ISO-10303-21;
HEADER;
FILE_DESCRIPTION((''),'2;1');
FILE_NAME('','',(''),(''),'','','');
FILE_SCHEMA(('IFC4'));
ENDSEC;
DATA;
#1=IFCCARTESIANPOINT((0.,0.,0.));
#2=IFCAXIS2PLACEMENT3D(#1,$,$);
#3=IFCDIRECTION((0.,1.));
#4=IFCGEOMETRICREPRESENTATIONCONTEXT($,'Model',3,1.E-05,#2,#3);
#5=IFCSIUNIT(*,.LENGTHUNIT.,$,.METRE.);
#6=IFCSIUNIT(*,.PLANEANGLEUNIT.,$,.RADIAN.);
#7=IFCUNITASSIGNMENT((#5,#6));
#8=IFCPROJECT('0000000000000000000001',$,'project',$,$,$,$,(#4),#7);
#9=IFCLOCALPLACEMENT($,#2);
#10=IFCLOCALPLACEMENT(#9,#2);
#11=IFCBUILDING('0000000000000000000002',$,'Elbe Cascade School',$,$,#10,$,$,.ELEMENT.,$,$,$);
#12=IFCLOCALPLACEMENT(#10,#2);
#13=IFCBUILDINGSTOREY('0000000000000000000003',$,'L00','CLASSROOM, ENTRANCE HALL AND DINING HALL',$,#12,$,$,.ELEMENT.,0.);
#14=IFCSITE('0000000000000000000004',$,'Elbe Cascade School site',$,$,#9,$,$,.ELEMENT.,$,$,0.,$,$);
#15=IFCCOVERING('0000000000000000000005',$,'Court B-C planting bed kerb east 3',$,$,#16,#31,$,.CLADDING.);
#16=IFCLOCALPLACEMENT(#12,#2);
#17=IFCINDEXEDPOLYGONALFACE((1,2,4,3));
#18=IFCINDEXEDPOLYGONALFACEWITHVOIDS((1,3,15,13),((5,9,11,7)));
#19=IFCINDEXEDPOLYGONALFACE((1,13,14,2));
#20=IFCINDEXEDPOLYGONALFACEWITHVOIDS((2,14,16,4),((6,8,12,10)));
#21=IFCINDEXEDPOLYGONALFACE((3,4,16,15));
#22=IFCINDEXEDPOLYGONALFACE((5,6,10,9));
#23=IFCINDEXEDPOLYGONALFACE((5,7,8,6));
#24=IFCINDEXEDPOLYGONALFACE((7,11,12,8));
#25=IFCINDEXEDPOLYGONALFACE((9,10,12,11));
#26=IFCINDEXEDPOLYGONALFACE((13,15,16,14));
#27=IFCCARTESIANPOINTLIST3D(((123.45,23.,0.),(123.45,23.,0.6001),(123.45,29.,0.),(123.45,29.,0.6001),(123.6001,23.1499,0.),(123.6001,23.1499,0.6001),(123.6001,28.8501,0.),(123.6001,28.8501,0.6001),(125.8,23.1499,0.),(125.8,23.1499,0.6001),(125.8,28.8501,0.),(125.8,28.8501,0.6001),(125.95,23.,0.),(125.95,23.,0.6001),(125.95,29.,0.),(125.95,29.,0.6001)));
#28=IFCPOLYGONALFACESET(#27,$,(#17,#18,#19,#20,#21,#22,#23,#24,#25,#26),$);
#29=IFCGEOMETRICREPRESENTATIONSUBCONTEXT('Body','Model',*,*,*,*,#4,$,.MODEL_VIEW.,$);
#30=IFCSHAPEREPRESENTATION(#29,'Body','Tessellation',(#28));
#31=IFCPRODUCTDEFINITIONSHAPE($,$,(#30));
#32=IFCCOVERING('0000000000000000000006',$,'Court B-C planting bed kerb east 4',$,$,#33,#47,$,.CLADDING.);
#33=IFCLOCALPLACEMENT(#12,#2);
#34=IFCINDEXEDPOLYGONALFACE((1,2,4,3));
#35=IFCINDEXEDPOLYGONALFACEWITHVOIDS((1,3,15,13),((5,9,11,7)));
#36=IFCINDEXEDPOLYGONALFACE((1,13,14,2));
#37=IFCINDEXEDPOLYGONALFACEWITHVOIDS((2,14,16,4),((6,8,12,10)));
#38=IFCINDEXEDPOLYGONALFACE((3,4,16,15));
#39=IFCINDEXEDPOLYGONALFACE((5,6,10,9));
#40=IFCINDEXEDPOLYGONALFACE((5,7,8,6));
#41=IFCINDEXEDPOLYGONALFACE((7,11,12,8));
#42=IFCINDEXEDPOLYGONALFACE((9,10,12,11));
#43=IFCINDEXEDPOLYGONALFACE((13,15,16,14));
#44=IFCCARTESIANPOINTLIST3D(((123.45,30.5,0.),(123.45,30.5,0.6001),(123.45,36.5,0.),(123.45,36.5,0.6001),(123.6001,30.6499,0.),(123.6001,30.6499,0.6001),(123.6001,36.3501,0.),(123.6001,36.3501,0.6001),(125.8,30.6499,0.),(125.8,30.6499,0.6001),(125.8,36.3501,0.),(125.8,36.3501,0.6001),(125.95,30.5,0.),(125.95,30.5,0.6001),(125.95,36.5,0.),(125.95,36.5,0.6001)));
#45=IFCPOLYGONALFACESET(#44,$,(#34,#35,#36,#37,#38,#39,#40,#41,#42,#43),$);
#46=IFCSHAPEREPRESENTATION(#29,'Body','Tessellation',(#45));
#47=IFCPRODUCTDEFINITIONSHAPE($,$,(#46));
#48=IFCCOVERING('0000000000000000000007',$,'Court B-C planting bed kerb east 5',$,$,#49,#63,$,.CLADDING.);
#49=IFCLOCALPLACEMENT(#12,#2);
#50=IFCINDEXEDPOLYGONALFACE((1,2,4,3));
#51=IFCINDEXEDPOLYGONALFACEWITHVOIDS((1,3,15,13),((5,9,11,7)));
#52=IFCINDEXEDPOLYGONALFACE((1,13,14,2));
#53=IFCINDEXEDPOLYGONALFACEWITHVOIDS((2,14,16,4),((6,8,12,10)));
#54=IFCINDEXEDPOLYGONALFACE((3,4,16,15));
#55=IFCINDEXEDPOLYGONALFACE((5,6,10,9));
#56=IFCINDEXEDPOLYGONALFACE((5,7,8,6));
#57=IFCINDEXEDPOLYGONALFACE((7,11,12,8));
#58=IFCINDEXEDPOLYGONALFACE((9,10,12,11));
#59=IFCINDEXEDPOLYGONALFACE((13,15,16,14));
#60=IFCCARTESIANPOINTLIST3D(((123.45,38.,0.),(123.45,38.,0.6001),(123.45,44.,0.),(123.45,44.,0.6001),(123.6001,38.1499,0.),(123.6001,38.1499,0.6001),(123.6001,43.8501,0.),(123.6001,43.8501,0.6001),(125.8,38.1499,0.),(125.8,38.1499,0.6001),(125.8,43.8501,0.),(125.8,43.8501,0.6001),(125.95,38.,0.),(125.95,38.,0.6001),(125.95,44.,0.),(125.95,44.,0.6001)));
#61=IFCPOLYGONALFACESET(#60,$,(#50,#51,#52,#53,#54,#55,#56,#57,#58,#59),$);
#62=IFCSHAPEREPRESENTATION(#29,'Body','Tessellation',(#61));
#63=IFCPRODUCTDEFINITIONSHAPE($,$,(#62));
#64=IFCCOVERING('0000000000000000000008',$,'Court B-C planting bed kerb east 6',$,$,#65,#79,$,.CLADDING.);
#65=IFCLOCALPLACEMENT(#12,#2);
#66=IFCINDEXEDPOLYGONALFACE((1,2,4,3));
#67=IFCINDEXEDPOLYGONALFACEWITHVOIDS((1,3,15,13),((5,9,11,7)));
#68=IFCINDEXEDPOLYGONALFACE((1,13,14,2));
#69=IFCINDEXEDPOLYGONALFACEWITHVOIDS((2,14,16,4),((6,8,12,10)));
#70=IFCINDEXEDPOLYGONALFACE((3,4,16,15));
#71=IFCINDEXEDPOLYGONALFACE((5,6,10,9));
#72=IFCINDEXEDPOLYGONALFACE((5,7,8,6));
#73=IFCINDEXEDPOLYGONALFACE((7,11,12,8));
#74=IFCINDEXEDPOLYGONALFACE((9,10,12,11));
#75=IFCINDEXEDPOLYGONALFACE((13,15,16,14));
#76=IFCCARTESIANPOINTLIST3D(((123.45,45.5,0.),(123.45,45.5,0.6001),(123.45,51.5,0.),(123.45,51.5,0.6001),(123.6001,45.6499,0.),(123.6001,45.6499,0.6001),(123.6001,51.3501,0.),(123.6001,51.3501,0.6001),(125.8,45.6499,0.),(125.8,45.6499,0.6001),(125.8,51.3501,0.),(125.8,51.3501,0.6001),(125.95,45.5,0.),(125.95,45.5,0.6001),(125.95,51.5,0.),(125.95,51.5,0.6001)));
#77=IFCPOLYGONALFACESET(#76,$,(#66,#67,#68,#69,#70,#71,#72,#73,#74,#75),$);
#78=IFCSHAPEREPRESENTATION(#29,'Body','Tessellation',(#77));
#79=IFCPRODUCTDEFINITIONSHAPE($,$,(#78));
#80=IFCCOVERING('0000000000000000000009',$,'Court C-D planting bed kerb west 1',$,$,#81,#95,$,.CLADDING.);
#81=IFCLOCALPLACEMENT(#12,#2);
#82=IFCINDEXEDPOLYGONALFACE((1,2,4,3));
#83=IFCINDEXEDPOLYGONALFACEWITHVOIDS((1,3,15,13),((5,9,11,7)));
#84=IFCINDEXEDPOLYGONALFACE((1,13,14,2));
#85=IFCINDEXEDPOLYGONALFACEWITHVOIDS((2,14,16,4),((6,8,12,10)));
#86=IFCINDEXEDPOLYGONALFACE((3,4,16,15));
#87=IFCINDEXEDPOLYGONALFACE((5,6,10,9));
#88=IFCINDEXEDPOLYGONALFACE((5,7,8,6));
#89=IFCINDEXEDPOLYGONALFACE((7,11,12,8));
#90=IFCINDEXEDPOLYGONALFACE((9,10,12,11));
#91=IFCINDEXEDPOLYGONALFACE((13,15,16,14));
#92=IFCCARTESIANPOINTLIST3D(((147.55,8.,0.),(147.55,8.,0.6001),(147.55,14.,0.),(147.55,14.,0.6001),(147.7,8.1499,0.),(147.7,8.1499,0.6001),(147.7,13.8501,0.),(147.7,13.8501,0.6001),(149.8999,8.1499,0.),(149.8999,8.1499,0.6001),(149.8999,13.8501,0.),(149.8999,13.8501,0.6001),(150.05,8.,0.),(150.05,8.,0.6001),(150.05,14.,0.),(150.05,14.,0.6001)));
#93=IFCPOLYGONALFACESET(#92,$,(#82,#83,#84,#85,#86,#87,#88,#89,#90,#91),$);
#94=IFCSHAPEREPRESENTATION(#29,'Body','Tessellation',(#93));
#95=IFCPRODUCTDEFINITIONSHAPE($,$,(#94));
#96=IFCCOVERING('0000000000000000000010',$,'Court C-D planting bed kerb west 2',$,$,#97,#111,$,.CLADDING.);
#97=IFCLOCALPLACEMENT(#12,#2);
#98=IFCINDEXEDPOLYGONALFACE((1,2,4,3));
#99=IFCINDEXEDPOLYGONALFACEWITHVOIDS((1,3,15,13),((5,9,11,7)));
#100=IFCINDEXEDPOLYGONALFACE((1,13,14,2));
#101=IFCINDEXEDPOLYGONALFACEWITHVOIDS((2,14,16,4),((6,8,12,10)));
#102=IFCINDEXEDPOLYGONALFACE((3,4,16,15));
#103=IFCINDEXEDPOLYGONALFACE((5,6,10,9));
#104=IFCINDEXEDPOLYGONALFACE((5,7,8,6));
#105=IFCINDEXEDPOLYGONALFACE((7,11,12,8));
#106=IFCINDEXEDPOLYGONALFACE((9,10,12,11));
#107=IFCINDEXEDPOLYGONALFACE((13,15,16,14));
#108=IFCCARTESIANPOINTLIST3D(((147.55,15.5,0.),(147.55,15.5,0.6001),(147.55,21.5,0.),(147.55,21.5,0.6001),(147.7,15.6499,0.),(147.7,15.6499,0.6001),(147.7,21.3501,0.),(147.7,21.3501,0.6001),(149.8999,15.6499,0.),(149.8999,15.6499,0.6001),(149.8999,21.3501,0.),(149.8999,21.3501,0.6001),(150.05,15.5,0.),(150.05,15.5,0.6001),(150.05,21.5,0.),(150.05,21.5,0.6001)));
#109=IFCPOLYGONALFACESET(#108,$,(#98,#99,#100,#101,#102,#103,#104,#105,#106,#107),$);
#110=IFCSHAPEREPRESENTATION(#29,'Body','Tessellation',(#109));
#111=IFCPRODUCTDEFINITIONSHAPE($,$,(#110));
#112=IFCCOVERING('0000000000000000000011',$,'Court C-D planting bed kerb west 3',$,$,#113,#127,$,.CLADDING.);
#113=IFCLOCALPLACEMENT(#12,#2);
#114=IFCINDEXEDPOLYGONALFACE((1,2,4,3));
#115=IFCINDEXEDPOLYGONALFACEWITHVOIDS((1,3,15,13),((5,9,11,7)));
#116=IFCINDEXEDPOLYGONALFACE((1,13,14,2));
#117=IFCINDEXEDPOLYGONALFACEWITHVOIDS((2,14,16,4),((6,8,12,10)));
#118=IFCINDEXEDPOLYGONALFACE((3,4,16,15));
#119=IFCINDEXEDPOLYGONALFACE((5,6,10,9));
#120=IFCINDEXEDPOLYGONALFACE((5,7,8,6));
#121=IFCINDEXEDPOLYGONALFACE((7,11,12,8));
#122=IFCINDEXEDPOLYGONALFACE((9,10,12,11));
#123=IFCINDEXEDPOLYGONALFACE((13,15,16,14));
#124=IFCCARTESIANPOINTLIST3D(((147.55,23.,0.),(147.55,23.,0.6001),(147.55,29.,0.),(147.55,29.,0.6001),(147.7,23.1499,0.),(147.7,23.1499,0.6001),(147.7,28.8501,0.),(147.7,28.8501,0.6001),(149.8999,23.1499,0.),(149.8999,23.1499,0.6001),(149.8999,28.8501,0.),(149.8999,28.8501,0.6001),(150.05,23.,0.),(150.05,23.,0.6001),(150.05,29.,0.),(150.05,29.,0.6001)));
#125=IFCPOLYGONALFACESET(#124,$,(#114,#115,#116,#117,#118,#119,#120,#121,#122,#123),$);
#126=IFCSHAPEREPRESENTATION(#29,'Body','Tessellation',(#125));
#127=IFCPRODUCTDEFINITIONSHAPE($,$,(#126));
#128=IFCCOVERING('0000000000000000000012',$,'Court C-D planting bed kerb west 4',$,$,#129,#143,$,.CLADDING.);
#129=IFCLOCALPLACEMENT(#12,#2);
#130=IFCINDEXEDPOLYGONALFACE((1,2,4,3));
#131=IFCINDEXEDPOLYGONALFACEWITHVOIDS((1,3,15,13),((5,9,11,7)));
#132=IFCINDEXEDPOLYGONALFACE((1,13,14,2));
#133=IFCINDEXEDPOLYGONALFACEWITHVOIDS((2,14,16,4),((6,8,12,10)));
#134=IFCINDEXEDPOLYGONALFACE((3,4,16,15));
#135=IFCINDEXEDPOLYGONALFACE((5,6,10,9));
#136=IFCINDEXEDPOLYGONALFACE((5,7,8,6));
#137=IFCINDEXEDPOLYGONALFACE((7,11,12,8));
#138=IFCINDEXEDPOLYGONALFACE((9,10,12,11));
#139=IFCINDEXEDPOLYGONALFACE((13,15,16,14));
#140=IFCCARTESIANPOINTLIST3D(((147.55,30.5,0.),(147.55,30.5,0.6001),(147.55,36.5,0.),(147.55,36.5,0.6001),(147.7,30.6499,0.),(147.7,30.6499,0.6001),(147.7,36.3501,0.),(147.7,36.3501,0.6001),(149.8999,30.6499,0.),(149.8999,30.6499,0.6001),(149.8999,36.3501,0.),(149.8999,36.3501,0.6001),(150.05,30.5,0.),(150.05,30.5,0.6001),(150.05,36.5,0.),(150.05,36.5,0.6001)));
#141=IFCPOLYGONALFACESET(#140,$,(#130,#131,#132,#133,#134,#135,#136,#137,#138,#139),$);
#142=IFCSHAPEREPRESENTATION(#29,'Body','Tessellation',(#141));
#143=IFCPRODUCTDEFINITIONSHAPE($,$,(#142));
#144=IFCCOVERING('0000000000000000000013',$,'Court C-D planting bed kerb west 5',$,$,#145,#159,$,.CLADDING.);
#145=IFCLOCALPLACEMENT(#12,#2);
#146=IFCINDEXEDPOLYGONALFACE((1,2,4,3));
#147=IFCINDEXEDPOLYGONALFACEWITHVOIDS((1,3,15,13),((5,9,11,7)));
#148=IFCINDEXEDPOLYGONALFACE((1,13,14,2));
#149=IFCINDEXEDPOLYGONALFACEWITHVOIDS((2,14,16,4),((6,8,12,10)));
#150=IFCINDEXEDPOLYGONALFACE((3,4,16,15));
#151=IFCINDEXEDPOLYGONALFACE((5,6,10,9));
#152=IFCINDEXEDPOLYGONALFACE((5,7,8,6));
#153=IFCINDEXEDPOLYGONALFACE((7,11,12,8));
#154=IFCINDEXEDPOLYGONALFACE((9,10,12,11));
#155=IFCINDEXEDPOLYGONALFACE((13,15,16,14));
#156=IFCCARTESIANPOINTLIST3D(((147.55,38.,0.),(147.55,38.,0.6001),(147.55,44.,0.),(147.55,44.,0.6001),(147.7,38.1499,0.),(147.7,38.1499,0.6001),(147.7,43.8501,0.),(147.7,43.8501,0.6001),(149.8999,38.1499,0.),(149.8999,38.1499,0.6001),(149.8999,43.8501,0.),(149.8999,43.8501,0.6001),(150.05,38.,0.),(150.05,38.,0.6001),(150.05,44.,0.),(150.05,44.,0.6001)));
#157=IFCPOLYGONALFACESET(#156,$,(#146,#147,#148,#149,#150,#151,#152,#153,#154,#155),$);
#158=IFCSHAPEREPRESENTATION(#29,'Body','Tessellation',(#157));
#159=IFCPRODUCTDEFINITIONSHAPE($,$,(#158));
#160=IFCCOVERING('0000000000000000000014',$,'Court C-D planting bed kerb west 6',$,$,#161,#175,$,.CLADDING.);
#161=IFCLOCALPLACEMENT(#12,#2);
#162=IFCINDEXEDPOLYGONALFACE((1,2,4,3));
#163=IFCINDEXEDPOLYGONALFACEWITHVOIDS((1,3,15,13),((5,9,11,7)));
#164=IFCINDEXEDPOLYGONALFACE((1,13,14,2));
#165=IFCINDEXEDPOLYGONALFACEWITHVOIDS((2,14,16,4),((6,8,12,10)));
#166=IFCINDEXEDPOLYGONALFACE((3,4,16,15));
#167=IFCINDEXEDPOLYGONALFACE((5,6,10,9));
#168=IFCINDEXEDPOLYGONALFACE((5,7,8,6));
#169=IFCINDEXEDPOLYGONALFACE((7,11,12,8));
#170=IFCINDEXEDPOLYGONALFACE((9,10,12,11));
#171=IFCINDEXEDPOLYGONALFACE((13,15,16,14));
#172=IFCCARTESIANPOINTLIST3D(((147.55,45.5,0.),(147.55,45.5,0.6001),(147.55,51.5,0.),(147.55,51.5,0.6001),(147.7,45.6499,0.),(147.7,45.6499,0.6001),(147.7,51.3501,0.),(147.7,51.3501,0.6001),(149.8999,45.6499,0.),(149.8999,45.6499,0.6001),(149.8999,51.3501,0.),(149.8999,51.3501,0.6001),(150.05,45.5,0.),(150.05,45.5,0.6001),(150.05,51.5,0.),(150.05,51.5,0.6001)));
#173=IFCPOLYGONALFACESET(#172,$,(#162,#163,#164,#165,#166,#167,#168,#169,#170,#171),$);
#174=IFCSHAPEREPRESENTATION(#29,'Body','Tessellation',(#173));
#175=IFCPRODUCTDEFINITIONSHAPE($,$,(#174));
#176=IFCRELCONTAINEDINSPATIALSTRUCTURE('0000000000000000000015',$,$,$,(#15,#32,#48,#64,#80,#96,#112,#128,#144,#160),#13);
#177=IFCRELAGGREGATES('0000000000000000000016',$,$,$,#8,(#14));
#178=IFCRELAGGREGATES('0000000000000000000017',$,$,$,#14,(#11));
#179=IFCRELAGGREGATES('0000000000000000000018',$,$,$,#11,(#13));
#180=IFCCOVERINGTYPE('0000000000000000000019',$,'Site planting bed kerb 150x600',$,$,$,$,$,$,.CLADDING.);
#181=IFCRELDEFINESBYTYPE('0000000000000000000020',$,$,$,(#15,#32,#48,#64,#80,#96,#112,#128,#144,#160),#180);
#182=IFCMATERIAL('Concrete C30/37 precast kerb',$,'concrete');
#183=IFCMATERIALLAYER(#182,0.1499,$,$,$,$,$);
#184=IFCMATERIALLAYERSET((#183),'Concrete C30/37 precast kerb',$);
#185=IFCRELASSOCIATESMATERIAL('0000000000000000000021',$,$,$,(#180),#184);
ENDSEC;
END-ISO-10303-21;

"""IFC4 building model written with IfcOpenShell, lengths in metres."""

from ifc_helpers import new_model, si_unit, direction, origin, place, context, subcontext, project, spatial, polyline, outline, extrude, material, layer, layer_set, type_object, element, save


model = new_model("IFC4")

# Units and contexts
model_context = context("Model", 3, precision=1e-05, world=origin(), true_north=direction((0.0, 1.0)))
body_context = subcontext(model_context, "Body", "Model", "MODEL_VIEW")
ifc_project = project(units=[si_unit("LENGTHUNIT", "METRE"), si_unit("PLANEANGLEUNIT", "RADIAN")], contexts=[model_context])

# Site, building, storey
site_placement = place(None, origin())
site = spatial("IfcSite", under=ifc_project, at=site_placement, Name="Elbe Cascade School site", CompositionType="ELEMENT", RefElevation=0.0)
building_placement = place(site_placement, origin())
building = spatial("IfcBuilding", under=site, at=building_placement, Name="Elbe Cascade School", CompositionType="ELEMENT")
storey_placement = place(building_placement, origin())
storey = spatial("IfcBuildingStorey", under=building, at=storey_placement, Name="L00", Description="CLASSROOM, ENTRANCE HALL AND DINING HALL", CompositionType="ELEMENT", Elevation=0.0)

# Coverings
ifc_material_1 = material(Name="Concrete C30/37 precast kerb", Category="concrete")
ifc_layer_1 = layer(ifc_material_1, 0.1499)
ifc_layer_set_1 = layer_set([ifc_layer_1], Name="Concrete C30/37 precast kerb")
covering_type_1 = type_object("IfcCoveringType", Name="Site planting bed kerb 150x600", PredefinedType="CLADDING", material=ifc_layer_set_1)
covering_1_placement = place(storey_placement, origin())
element("IfcCovering", 1, at=covering_1_placement, inside=storey, type_object=covering_type_1, Name="Court B-C planting bed kerb east 3", PredefinedType="CLADDING", context=body_context, shape_type="SweptSolid", body=[
    extrude(outline(polyline([(123.45, 23.0), (125.95, 23.0), (125.95, 29.0), (123.45, 29.0), (123.45, 23.0)]), holes=[polyline([(123.6001, 23.1499), (125.8, 23.1499), (125.8, 28.8501), (123.6001, 28.8501), (123.6001, 23.1499)])]), origin(), (0.0, 0.0, 1.0), 0.6001),
])
covering_2_placement = place(storey_placement, origin())
element("IfcCovering", 2, at=covering_2_placement, inside=storey, type_object=covering_type_1, Name="Court B-C planting bed kerb east 4", PredefinedType="CLADDING", context=body_context, shape_type="SweptSolid", body=[
    extrude(outline(polyline([(123.45, 30.5), (125.95, 30.5), (125.95, 36.5), (123.45, 36.5), (123.45, 30.5)]), holes=[polyline([(123.6001, 30.6499), (125.8, 30.6499), (125.8, 36.3501), (123.6001, 36.3501), (123.6001, 30.6499)])]), origin(), (0.0, 0.0, 1.0), 0.6001),
])
covering_3_placement = place(storey_placement, origin())
element("IfcCovering", 3, at=covering_3_placement, inside=storey, type_object=covering_type_1, Name="Court B-C planting bed kerb east 5", PredefinedType="CLADDING", context=body_context, shape_type="SweptSolid", body=[
    extrude(outline(polyline([(123.45, 38.0), (125.95, 38.0), (125.95, 44.0), (123.45, 44.0), (123.45, 38.0)]), holes=[polyline([(123.6001, 38.1499), (125.8, 38.1499), (125.8, 43.8501), (123.6001, 43.8501), (123.6001, 38.1499)])]), origin(), (0.0, 0.0, 1.0), 0.6001),
])
covering_4_placement = place(storey_placement, origin())
element("IfcCovering", 4, at=covering_4_placement, inside=storey, type_object=covering_type_1, Name="Court B-C planting bed kerb east 6", PredefinedType="CLADDING", context=body_context, shape_type="SweptSolid", body=[
    extrude(outline(polyline([(123.45, 45.5), (125.95, 45.5), (125.95, 51.5), (123.45, 51.5), (123.45, 45.5)]), holes=[polyline([(123.6001, 45.6499), (125.8, 45.6499), (125.8, 51.3501), (123.6001, 51.3501), (123.6001, 45.6499)])]), origin(), (0.0, 0.0, 1.0), 0.6001),
])
covering_5_placement = place(storey_placement, origin())
element("IfcCovering", 5, at=covering_5_placement, inside=storey, type_object=covering_type_1, Name="Court C-D planting bed kerb west 1", PredefinedType="CLADDING", context=body_context, shape_type="SweptSolid", body=[
    extrude(outline(polyline([(147.55, 8.0), (150.05, 8.0), (150.05, 14.0), (147.55, 14.0), (147.55, 8.0)]), holes=[polyline([(147.7, 8.1499), (149.8999, 8.1499), (149.8999, 13.8501), (147.7, 13.8501), (147.7, 8.1499)])]), origin(), (0.0, 0.0, 1.0), 0.6001),
])
covering_6_placement = place(storey_placement, origin())
element("IfcCovering", 6, at=covering_6_placement, inside=storey, type_object=covering_type_1, Name="Court C-D planting bed kerb west 2", PredefinedType="CLADDING", context=body_context, shape_type="SweptSolid", body=[
    extrude(outline(polyline([(147.55, 15.5), (150.05, 15.5), (150.05, 21.5), (147.55, 21.5), (147.55, 15.5)]), holes=[polyline([(147.7, 15.6499), (149.8999, 15.6499), (149.8999, 21.3501), (147.7, 21.3501), (147.7, 15.6499)])]), origin(), (0.0, 0.0, 1.0), 0.6001),
])
covering_7_placement = place(storey_placement, origin())
element("IfcCovering", 7, at=covering_7_placement, inside=storey, type_object=covering_type_1, Name="Court C-D planting bed kerb west 3", PredefinedType="CLADDING", context=body_context, shape_type="SweptSolid", body=[
    extrude(outline(polyline([(147.55, 23.0), (150.05, 23.0), (150.05, 29.0), (147.55, 29.0), (147.55, 23.0)]), holes=[polyline([(147.7, 23.1499), (149.8999, 23.1499), (149.8999, 28.8501), (147.7, 28.8501), (147.7, 23.1499)])]), origin(), (0.0, 0.0, 1.0), 0.6001),
])
covering_8_placement = place(storey_placement, origin())
element("IfcCovering", 8, at=covering_8_placement, inside=storey, type_object=covering_type_1, Name="Court C-D planting bed kerb west 4", PredefinedType="CLADDING", context=body_context, shape_type="SweptSolid", body=[
    extrude(outline(polyline([(147.55, 30.5), (150.05, 30.5), (150.05, 36.5), (147.55, 36.5), (147.55, 30.5)]), holes=[polyline([(147.7, 30.6499), (149.8999, 30.6499), (149.8999, 36.3501), (147.7, 36.3501), (147.7, 30.6499)])]), origin(), (0.0, 0.0, 1.0), 0.6001),
])
covering_9_placement = place(storey_placement, origin())
element("IfcCovering", 9, at=covering_9_placement, inside=storey, type_object=covering_type_1, Name="Court C-D planting bed kerb west 5", PredefinedType="CLADDING", context=body_context, shape_type="SweptSolid", body=[
    extrude(outline(polyline([(147.55, 38.0), (150.05, 38.0), (150.05, 44.0), (147.55, 44.0), (147.55, 38.0)]), holes=[polyline([(147.7, 38.1499), (149.8999, 38.1499), (149.8999, 43.8501), (147.7, 43.8501), (147.7, 38.1499)])]), origin(), (0.0, 0.0, 1.0), 0.6001),
])
covering_10_placement = place(storey_placement, origin())
element("IfcCovering", 10, at=covering_10_placement, inside=storey, type_object=covering_type_1, Name="Court C-D planting bed kerb west 6", PredefinedType="CLADDING", context=body_context, shape_type="SweptSolid", body=[
    extrude(outline(polyline([(147.55, 45.5), (150.05, 45.5), (150.05, 51.5), (147.55, 51.5), (147.55, 45.5)]), holes=[polyline([(147.7, 45.6499), (149.8999, 45.6499), (149.8999, 51.3501), (147.7, 51.3501), (147.7, 45.6499)])]), origin(), (0.0, 0.0, 1.0), 0.6001),
])

save(model, "model.ifc")
